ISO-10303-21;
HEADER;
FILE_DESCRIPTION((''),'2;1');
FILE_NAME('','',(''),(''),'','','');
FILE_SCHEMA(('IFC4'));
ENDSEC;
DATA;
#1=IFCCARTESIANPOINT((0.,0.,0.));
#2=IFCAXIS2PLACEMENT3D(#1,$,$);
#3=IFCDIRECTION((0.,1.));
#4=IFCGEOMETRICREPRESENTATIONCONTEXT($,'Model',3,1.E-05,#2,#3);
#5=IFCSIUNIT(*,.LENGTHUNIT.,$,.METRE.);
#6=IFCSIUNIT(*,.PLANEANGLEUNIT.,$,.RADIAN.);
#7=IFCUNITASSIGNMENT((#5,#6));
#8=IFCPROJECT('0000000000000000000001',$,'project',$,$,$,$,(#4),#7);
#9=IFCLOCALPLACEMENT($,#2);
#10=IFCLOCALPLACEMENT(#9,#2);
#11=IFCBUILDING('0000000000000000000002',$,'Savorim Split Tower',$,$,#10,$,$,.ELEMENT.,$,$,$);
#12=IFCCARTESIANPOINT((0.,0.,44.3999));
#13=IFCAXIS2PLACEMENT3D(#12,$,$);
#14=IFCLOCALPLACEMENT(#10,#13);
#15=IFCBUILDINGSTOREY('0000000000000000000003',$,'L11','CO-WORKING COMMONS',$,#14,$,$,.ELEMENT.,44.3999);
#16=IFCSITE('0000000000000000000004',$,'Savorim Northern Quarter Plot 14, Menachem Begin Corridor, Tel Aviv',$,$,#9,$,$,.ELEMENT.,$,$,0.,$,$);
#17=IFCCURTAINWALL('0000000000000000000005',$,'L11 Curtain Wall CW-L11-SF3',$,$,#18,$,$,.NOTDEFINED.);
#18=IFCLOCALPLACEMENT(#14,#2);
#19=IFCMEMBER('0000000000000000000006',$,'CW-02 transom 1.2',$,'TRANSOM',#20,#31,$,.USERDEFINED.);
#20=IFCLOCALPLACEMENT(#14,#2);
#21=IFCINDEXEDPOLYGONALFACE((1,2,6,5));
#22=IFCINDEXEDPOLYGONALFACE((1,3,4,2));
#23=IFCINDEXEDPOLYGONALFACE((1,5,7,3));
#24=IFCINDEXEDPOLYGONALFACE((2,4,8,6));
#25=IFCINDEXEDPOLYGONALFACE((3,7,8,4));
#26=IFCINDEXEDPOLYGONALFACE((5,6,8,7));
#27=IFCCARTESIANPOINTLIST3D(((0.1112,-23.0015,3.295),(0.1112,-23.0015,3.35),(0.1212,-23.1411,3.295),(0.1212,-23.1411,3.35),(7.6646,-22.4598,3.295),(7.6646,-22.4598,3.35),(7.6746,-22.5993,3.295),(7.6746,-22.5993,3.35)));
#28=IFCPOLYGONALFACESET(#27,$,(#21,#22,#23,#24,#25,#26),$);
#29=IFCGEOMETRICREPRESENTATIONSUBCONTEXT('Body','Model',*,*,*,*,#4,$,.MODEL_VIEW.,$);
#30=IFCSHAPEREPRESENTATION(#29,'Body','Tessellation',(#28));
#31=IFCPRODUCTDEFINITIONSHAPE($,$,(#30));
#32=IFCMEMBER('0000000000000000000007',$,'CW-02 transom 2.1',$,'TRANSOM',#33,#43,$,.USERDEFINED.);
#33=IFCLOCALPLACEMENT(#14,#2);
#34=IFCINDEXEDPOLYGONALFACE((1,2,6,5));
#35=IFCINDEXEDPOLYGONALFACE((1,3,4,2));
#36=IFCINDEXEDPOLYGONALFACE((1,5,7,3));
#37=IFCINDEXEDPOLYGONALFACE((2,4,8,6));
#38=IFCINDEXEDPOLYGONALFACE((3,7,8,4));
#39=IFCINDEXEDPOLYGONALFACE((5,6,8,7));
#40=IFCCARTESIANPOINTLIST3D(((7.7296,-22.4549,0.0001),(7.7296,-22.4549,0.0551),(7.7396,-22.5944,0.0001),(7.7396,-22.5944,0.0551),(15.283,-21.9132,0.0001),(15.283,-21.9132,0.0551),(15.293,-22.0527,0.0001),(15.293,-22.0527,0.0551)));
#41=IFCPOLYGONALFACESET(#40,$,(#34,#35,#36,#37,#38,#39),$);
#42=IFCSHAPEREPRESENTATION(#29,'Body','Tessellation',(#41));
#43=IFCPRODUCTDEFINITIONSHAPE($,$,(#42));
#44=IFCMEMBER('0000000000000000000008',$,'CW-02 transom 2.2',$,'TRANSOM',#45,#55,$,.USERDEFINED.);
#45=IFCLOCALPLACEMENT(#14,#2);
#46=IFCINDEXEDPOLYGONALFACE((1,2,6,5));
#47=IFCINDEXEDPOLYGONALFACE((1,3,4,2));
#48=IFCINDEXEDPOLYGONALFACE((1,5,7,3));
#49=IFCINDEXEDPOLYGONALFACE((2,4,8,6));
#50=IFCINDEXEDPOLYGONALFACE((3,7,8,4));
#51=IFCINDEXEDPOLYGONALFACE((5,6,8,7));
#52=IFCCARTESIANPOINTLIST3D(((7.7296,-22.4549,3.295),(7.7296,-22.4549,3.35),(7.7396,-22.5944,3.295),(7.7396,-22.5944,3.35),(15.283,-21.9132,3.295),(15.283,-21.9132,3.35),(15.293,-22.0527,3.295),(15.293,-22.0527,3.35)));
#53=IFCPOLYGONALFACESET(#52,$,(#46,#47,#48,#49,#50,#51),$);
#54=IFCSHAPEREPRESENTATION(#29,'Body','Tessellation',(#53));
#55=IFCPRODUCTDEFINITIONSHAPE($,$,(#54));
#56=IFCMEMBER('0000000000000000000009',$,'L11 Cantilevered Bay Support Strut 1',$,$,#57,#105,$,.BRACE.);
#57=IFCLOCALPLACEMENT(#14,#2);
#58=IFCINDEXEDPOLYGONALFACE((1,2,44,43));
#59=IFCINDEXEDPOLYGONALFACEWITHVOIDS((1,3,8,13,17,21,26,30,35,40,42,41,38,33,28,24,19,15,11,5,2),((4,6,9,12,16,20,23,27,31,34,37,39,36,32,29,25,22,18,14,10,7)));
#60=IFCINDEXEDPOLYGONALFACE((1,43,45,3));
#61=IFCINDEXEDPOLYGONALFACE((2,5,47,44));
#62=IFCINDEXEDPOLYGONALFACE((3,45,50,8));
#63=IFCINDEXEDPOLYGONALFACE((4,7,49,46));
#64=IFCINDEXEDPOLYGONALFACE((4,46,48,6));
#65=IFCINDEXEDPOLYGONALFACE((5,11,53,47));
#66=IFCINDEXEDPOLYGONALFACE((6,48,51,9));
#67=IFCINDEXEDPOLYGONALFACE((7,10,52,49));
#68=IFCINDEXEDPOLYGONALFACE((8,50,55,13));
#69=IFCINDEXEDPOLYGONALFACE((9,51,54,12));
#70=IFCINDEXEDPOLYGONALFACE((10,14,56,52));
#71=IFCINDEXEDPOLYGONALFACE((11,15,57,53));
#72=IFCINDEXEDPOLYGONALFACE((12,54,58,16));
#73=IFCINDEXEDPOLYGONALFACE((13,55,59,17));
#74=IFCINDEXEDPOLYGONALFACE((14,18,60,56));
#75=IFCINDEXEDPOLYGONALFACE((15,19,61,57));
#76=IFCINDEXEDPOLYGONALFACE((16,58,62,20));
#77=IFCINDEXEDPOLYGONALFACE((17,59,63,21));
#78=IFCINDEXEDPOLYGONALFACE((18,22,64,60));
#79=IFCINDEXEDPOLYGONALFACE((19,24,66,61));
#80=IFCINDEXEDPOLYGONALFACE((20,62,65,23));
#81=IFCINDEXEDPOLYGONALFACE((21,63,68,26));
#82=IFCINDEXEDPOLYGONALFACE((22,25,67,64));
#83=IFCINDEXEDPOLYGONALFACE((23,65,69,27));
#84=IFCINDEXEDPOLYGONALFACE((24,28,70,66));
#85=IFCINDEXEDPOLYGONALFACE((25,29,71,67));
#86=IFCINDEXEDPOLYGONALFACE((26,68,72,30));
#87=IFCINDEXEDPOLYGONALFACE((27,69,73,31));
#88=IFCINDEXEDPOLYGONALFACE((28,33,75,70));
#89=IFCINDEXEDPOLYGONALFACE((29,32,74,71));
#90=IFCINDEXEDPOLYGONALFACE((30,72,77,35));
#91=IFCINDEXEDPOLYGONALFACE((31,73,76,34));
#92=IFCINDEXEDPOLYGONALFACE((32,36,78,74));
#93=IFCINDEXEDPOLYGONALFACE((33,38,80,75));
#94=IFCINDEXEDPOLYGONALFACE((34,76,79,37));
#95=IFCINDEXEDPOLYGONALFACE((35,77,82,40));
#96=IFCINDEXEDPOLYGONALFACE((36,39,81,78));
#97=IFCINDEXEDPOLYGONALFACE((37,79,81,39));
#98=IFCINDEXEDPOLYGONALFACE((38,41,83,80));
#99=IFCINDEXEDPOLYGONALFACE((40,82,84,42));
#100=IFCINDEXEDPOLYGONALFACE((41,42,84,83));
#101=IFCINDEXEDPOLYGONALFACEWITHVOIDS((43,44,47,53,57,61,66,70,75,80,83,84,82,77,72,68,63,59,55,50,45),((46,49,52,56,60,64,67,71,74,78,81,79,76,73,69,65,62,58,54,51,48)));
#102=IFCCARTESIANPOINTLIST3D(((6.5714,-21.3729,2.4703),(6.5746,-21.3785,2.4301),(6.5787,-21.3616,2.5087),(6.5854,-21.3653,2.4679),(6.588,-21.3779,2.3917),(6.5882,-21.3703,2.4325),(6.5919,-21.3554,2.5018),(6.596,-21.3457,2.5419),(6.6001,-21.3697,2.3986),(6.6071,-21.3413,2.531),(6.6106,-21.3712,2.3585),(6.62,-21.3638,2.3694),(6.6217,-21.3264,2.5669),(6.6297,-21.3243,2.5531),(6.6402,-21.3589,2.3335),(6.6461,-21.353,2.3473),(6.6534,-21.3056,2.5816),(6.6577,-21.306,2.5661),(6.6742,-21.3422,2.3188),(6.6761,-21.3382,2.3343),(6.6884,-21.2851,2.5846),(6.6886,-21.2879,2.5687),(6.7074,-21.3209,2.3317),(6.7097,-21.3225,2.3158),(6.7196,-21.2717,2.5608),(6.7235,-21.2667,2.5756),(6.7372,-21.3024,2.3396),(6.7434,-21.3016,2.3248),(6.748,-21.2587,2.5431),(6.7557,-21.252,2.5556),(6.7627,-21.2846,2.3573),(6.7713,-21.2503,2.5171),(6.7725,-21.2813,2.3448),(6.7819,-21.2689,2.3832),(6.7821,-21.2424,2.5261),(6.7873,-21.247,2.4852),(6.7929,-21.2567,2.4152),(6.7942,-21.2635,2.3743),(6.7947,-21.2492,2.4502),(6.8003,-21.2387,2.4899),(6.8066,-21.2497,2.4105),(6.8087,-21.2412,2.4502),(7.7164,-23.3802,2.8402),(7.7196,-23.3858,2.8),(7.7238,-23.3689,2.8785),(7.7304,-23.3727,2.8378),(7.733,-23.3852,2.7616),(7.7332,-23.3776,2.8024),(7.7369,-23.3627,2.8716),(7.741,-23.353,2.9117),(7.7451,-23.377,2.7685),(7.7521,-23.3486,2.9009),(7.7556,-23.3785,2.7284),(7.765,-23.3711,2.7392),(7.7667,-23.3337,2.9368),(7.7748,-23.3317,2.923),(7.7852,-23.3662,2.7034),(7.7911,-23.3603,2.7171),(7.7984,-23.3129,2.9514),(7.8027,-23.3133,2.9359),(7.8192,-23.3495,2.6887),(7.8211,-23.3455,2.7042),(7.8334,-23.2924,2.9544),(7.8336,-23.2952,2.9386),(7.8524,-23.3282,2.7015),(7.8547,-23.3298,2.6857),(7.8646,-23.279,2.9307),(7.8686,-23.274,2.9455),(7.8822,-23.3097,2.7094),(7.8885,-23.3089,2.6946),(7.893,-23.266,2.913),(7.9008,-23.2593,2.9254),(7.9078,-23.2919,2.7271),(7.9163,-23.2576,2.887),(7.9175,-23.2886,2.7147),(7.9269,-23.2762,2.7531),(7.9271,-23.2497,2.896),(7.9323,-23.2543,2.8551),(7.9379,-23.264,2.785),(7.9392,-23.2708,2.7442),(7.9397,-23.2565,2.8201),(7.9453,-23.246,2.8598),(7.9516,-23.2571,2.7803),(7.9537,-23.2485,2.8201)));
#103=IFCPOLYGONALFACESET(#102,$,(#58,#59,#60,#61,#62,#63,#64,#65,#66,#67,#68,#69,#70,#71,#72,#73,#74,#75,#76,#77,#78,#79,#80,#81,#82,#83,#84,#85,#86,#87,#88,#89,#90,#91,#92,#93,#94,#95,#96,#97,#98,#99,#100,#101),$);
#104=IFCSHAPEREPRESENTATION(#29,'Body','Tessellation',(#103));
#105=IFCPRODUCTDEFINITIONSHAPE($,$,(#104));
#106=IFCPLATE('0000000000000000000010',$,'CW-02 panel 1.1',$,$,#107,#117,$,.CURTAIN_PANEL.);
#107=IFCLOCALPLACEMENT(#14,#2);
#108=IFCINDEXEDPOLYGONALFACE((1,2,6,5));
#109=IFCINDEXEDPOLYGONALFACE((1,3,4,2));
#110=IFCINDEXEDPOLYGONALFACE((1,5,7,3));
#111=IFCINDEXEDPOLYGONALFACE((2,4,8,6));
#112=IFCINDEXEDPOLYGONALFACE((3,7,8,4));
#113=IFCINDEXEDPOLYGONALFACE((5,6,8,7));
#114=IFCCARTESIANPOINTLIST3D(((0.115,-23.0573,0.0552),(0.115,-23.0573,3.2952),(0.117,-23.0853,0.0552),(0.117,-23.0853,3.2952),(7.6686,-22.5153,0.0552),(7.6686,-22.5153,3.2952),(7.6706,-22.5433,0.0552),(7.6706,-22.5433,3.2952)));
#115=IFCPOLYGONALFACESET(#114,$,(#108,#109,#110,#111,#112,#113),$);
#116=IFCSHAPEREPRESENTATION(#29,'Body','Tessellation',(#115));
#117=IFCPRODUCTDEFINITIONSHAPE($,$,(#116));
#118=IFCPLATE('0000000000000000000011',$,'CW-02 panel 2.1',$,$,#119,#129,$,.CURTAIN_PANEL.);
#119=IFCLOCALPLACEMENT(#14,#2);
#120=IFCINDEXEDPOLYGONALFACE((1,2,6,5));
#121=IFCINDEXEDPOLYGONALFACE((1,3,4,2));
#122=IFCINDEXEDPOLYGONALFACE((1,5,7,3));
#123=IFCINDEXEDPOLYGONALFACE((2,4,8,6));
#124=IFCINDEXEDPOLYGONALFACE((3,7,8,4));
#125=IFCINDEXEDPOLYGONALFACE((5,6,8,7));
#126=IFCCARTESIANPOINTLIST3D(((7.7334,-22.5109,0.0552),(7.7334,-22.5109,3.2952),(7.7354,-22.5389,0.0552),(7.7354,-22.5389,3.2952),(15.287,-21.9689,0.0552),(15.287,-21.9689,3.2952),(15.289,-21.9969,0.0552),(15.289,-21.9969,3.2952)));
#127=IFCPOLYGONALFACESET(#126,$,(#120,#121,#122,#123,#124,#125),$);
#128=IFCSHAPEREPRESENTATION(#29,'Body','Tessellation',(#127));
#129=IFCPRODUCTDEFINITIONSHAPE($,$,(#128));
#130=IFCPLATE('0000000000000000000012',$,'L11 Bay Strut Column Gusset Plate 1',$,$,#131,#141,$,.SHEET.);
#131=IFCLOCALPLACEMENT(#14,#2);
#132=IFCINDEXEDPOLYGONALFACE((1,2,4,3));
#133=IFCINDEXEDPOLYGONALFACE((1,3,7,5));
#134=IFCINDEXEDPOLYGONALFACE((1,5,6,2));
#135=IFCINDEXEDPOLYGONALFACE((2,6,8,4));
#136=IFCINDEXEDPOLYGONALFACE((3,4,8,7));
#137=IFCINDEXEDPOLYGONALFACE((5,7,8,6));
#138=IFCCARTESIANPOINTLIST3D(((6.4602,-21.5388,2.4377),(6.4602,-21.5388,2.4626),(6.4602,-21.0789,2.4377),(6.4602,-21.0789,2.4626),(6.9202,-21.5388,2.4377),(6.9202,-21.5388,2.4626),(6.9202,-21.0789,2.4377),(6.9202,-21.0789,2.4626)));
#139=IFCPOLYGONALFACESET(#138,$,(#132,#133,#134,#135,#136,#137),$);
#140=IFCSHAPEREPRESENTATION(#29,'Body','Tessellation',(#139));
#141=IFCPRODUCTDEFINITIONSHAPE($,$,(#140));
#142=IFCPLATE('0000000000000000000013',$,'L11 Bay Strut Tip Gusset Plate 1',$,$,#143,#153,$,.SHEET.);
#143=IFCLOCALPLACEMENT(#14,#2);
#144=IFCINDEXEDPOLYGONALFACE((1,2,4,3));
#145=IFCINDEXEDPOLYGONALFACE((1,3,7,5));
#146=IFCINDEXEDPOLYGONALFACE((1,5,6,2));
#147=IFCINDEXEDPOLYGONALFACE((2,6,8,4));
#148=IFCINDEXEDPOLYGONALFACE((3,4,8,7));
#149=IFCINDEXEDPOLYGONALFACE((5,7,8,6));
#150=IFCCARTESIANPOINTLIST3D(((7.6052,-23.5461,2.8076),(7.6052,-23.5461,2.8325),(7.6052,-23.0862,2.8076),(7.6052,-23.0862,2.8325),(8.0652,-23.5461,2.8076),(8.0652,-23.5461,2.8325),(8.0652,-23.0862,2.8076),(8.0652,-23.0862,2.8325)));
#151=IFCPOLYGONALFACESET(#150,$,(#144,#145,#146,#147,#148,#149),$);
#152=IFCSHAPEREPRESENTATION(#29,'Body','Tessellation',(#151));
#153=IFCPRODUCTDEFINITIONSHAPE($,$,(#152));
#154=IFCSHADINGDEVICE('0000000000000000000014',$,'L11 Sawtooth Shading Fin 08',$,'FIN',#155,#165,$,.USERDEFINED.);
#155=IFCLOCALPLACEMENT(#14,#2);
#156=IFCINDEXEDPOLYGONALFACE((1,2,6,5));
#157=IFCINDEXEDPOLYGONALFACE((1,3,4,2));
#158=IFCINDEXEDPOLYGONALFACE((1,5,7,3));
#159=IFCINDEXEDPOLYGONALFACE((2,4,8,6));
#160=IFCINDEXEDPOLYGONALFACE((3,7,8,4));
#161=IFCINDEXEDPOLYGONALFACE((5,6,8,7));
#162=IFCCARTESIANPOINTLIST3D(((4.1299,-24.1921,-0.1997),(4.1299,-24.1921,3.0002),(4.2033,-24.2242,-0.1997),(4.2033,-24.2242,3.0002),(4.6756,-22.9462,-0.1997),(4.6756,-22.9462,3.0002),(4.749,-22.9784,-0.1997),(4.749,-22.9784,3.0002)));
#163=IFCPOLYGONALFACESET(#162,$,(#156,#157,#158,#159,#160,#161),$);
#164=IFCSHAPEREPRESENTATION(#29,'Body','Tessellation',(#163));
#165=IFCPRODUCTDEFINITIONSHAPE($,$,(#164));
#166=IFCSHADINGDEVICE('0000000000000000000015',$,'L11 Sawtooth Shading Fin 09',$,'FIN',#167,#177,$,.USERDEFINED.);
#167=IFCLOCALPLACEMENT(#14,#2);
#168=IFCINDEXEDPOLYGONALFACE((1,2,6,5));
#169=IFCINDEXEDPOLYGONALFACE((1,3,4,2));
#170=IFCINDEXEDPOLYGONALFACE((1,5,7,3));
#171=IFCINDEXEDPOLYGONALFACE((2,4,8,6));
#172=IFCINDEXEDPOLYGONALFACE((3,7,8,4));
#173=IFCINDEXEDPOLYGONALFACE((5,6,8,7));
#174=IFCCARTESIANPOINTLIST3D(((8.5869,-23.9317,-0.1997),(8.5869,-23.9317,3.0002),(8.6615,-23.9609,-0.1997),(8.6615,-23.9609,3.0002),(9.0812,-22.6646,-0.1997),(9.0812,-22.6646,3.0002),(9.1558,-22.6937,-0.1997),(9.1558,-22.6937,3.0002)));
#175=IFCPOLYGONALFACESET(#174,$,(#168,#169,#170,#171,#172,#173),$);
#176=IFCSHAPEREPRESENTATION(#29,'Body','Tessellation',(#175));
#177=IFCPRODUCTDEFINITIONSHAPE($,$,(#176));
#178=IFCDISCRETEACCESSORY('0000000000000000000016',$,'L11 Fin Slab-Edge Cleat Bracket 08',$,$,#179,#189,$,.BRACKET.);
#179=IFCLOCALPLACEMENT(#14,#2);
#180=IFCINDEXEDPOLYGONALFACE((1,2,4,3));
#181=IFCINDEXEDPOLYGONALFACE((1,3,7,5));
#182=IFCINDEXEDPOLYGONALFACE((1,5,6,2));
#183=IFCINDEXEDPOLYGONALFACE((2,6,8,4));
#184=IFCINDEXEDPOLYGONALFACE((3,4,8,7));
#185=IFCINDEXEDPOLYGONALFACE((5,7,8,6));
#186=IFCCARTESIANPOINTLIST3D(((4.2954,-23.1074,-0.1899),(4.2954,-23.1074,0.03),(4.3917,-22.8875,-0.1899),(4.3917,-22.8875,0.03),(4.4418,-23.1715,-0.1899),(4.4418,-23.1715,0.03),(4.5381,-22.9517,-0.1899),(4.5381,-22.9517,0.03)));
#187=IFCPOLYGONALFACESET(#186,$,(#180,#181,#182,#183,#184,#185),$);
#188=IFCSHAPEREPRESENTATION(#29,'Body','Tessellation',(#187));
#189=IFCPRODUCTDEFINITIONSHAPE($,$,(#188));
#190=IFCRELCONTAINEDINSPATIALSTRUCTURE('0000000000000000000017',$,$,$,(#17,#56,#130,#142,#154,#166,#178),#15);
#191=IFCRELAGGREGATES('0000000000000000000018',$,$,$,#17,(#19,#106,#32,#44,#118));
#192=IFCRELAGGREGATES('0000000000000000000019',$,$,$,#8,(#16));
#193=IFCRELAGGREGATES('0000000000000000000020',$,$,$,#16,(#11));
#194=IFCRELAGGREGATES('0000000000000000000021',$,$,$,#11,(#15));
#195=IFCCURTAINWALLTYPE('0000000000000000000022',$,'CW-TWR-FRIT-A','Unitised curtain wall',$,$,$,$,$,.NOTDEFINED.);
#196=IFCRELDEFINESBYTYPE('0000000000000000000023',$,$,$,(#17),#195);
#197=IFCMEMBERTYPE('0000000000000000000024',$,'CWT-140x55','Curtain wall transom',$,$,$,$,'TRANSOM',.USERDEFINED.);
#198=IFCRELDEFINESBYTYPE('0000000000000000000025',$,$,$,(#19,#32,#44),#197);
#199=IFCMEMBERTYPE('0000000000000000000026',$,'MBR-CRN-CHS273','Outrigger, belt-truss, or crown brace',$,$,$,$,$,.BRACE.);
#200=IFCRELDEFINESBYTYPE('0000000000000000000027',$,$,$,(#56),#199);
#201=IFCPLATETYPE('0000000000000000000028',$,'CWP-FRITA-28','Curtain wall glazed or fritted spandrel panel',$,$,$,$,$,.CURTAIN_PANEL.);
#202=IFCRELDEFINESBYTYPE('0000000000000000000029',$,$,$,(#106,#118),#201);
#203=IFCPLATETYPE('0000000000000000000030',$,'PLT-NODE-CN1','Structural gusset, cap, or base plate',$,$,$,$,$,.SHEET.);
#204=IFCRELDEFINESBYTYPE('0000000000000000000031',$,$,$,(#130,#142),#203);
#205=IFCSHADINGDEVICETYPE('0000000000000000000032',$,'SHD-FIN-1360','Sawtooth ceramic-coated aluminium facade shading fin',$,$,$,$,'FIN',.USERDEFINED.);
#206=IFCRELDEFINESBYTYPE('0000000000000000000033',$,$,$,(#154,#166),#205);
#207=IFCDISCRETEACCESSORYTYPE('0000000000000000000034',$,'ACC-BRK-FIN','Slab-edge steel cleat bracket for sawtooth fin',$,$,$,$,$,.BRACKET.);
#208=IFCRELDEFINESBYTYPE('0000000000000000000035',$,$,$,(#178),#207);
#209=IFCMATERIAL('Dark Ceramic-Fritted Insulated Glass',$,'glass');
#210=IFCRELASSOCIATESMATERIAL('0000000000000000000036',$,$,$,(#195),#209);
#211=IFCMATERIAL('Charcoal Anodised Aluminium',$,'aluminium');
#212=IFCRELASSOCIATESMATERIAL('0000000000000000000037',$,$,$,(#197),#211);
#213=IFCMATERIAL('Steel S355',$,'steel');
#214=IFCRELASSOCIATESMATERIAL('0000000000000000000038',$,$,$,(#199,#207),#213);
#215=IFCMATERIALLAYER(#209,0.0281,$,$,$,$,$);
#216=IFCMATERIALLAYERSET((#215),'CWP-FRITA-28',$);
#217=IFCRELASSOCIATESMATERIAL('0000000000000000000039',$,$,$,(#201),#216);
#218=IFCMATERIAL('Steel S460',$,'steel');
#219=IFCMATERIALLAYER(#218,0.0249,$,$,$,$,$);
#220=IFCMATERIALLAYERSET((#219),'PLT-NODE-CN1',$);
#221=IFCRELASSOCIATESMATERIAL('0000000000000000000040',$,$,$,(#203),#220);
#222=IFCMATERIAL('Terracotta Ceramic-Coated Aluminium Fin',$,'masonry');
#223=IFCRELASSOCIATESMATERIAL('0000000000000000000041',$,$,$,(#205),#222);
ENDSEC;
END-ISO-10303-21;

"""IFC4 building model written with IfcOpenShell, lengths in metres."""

from ifc_helpers import new_model, si_unit, direction, frame, origin, origin_2d, place, context, subcontext, project, spatial, rectangle, hollow_circle, extrude, material, layer, layer_set, material_profile, profile_set, type_object, element, aggregate, save


model = new_model("IFC4")

# Units and contexts
model_context = context("Model", 3, precision=1e-05, world=origin(), true_north=direction((0.0, 1.0)))
body_context = subcontext(model_context, "Body", "Model", "MODEL_VIEW")
ifc_project = project(units=[si_unit("LENGTHUNIT", "METRE"), si_unit("PLANEANGLEUNIT", "RADIAN")], contexts=[model_context])

# Site, building, storey
site_placement = place(None, origin())
site = spatial("IfcSite", under=ifc_project, at=site_placement, Name="Savorim Northern Quarter Plot 14, Menachem Begin Corridor, Tel Aviv", CompositionType="ELEMENT", RefElevation=0.0)
building_placement = place(site_placement, origin())
building = spatial("IfcBuilding", under=site, at=building_placement, Name="Savorim Split Tower", CompositionType="ELEMENT")
storey_placement = place(building_placement, frame((0.0, 0.0, 44.3999)))
storey = spatial("IfcBuildingStorey", under=building, at=storey_placement, Name="L11", Description="CO-WORKING COMMONS", CompositionType="ELEMENT", Elevation=44.3999)

# Shared definitions
ifc_material_1 = material(Name="Steel S460", Category="steel")

# Shared definitions
ifc_material_2 = material(Name="Steel S355", Category="steel")

# Curtain wall, members
ifc_material_3 = material(Name="Dark Ceramic-Fritted Insulated Glass", Category="glass")
curtain_wall_type = type_object("IfcCurtainWallType", Name="CW-TWR-FRIT-A", Description="Unitised curtain wall", PredefinedType="NOTDEFINED", material=ifc_material_3)
curtain_wall_placement = place(storey_placement, origin())
curtain_wall = element("IfcCurtainWall", 1, at=curtain_wall_placement, inside=storey, type_object=curtain_wall_type, Name="L11 Curtain Wall CW-L11-SF3", PredefinedType="NOTDEFINED")
ifc_material_4 = material(Name="Charcoal Anodised Aluminium", Category="aluminium")
ifc_material_profile_1 = material_profile(ifc_material_4, rectangle(XDim=0.1399, YDim=0.0549, at=origin_2d()), Name="ALU-T 140x55")
ifc_profile_set_1 = profile_set([ifc_material_profile_1], Name="Charcoal Anodised Aluminium")
member_type_1 = type_object("IfcMemberType", Name="CWT-140x55", Description="Curtain wall transom", ElementType="TRANSOM", PredefinedType="USERDEFINED", material=ifc_profile_set_1)
member_1_placement = place(storey_placement, frame((0.1162, -23.0713, 3.3225), z_axis=(0.997438, 0.071538, 0.0), x_axis=(-0.071538, 0.997438, 0.0)))
member_1 = element("IfcMember", 2, at=member_1_placement, type_object=member_type_1, Name="CW-02 transom 1.2", ObjectType="TRANSOM", PredefinedType="USERDEFINED", context=body_context, shape_type="SweptSolid", body=[
    extrude(rectangle(XDim=0.1399, YDim=0.0549, at=origin_2d()), origin(), (0.0, 0.0, 1.0), 7.5728),
])
member_2_placement = place(storey_placement, frame((7.7346, -22.5247, 0.0276), z_axis=(0.997438, 0.071538, 0.0), x_axis=(-0.071538, 0.997438, 0.0)))
member_2 = element("IfcMember", 3, at=member_2_placement, type_object=member_type_1, Name="CW-02 transom 2.1", ObjectType="TRANSOM", PredefinedType="USERDEFINED", context=body_context, shape_type="SweptSolid", body=[
    extrude(rectangle(XDim=0.1399, YDim=0.0549, at=origin_2d()), origin(), (0.0, 0.0, 1.0), 7.5728),
])
member_3_placement = place(storey_placement, frame((7.7346, -22.5247, 3.3225), z_axis=(0.997438, 0.071538, 0.0), x_axis=(-0.071538, 0.997438, 0.0)))
member_3 = element("IfcMember", 4, at=member_3_placement, type_object=member_type_1, Name="CW-02 transom 2.2", ObjectType="TRANSOM", PredefinedType="USERDEFINED", context=body_context, shape_type="SweptSolid", body=[
    extrude(rectangle(XDim=0.1399, YDim=0.0549, at=origin_2d()), origin(), (0.0, 0.0, 1.0), 7.5728),
])

# Member
ifc_material_profile_2 = material_profile(ifc_material_2, hollow_circle(Radius=0.1365, WallThickness=0.0161, at=origin_2d()), Name="CHS 273x16")
ifc_profile_set_2 = profile_set([ifc_material_profile_2], Name="Steel S355")
member_type_2 = type_object("IfcMemberType", Name="MBR-CRN-CHS273", Description="Outrigger, belt-truss, or crown brace", PredefinedType="BRACE", material=ifc_profile_set_2)
member_4_placement = place(storey_placement, frame((6.6902, -21.3088, 2.4502), z_axis=(0.489252, -0.857703, 0.158042), x_axis=(0.86862, 0.495479, 0.0)))
element("IfcMember", 5, at=member_4_placement, inside=storey, type_object=member_type_2, Name="L11 Cantilevered Bay Support Strut 1", PredefinedType="BRACE", context=body_context, shape_type="SweptSolid", body=[
    extrude(hollow_circle(Radius=0.1365, WallThickness=0.0161, at=origin_2d()), origin(), (0.0, 0.0, 1.0), 2.3403),
])

# Plates
ifc_layer_1 = layer(ifc_material_3, 0.0281)
ifc_layer_set_1 = layer_set([ifc_layer_1], Name="CWP-FRITA-28")
plate_type_1 = type_object("IfcPlateType", Name="CWP-FRITA-28", Description="Curtain wall glazed or fritted spandrel panel", PredefinedType="CURTAIN_PANEL", material=ifc_layer_set_1)
plate_1_placement = place(storey_placement, frame((3.8928, -22.8003, 0.0552), z_axis=(0.0, 0.0, 1.0), x_axis=(0.997436, 0.07156, 0.0)))
plate_1 = element("IfcPlate", 6, at=plate_1_placement, type_object=plate_type_1, Name="CW-02 panel 1.1", PredefinedType="CURTAIN_PANEL", context=body_context, shape_type="SweptSolid", body=[
    extrude(rectangle(XDim=7.573, YDim=0.0281, at=origin_2d()), origin(), (0.0, 0.0, 1.0), 3.24),
])
plate_2_placement = place(storey_placement, frame((11.5112, -22.2539, 0.0552), z_axis=(0.0, 0.0, 1.0), x_axis=(0.997436, 0.07156, 0.0)))
plate_2 = element("IfcPlate", 7, at=plate_2_placement, type_object=plate_type_1, Name="CW-02 panel 2.1", PredefinedType="CURTAIN_PANEL", context=body_context, shape_type="SweptSolid", body=[
    extrude(rectangle(XDim=7.573, YDim=0.0281, at=origin_2d()), origin(), (0.0, 0.0, 1.0), 3.24),
])
aggregate(curtain_wall, [member_1, plate_1, member_2, member_3, plate_2])

# Plates
ifc_layer_2 = layer(ifc_material_1, 0.0249)
ifc_layer_set_2 = layer_set([ifc_layer_2], Name="PLT-NODE-CN1")
plate_type_2 = type_object("IfcPlateType", Name="PLT-NODE-CN1", Description="Structural gusset, cap, or base plate", PredefinedType="SHEET", material=ifc_layer_set_2)
for number, where, z_axis, x_axis, name in (
    (8, (6.6902, -21.3088, 2.4377), (0.0, 0.0, 1.0), (1.0, 0.0, 0.0), "L11 Bay Strut Column Gusset Plate 1"),
    (9, (7.8352, -23.3162, 2.8076), (0.0, 0.0, 1.0), (1.0, 0.0, 0.0), "L11 Bay Strut Tip Gusset Plate 1"),
):
    element("IfcPlate", number, at=place(storey_placement, frame(where, z_axis=z_axis, x_axis=x_axis)), inside=storey, type_object=plate_type_2, Name=name, PredefinedType="SHEET", context=body_context, shape_type="SweptSolid", body=[
        extrude(rectangle(XDim=0.46, YDim=0.46, at=origin_2d()), origin(), (0.0, 0.0, 1.0), 0.0249),
    ])

# Shading devices
ifc_material_5 = material(Name="Terracotta Ceramic-Coated Aluminium Fin", Category="masonry")
shading_device_type = type_object("IfcShadingDeviceType", Name="SHD-FIN-1360", Description="Sawtooth ceramic-coated aluminium facade shading fin", ElementType="FIN", PredefinedType="USERDEFINED", material=ifc_material_5)
for number, where, z_axis, x_axis, name in (
    (10, (4.4395, -23.5852, -0.1997), (0.0, 0.0, 1.0), (-0.40123, -0.915977, 0.0), "L11 Sawtooth Shading Fin 08"),
    (11, (8.8713, -23.3127, -0.1997), (0.0, 0.0, 1.0), (-0.363415, -0.931627, 0.0), "L11 Sawtooth Shading Fin 09"),
):
    element("IfcShadingDevice", number, at=place(storey_placement, frame(where, z_axis=z_axis, x_axis=x_axis)), inside=storey, type_object=shading_device_type, Name=name, ObjectType="FIN", PredefinedType="USERDEFINED", context=body_context, shape_type="SweptSolid", body=[
        extrude(rectangle(XDim=1.3601, YDim=0.0801, at=origin_2d()), origin(), (0.0, 0.0, 1.0), 3.2),
    ])

# Discrete accessory
discrete_accessory_type = type_object("IfcDiscreteAccessoryType", Name="ACC-BRK-FIN", Description="Slab-edge steel cleat bracket for sawtooth fin", PredefinedType="BRACKET", material=ifc_material_2)
for number, where, z_axis, x_axis, name in (
    (12, (4.4167, -23.0295, -0.1899), (0.0, 0.0, 1.0), (-0.40123, -0.915977, 0.0), "L11 Fin Slab-Edge Cleat Bracket 08"),
):
    element("IfcDiscreteAccessory", number, at=place(storey_placement, frame(where, z_axis=z_axis, x_axis=x_axis)), inside=storey, type_object=discrete_accessory_type, Name=name, PredefinedType="BRACKET", context=body_context, shape_type="SweptSolid", body=[
        extrude(rectangle(XDim=0.24, YDim=0.1599, at=origin_2d()), origin(), (0.0, 0.0, 1.0), 0.22),
    ])

save(model, "model.ifc")
